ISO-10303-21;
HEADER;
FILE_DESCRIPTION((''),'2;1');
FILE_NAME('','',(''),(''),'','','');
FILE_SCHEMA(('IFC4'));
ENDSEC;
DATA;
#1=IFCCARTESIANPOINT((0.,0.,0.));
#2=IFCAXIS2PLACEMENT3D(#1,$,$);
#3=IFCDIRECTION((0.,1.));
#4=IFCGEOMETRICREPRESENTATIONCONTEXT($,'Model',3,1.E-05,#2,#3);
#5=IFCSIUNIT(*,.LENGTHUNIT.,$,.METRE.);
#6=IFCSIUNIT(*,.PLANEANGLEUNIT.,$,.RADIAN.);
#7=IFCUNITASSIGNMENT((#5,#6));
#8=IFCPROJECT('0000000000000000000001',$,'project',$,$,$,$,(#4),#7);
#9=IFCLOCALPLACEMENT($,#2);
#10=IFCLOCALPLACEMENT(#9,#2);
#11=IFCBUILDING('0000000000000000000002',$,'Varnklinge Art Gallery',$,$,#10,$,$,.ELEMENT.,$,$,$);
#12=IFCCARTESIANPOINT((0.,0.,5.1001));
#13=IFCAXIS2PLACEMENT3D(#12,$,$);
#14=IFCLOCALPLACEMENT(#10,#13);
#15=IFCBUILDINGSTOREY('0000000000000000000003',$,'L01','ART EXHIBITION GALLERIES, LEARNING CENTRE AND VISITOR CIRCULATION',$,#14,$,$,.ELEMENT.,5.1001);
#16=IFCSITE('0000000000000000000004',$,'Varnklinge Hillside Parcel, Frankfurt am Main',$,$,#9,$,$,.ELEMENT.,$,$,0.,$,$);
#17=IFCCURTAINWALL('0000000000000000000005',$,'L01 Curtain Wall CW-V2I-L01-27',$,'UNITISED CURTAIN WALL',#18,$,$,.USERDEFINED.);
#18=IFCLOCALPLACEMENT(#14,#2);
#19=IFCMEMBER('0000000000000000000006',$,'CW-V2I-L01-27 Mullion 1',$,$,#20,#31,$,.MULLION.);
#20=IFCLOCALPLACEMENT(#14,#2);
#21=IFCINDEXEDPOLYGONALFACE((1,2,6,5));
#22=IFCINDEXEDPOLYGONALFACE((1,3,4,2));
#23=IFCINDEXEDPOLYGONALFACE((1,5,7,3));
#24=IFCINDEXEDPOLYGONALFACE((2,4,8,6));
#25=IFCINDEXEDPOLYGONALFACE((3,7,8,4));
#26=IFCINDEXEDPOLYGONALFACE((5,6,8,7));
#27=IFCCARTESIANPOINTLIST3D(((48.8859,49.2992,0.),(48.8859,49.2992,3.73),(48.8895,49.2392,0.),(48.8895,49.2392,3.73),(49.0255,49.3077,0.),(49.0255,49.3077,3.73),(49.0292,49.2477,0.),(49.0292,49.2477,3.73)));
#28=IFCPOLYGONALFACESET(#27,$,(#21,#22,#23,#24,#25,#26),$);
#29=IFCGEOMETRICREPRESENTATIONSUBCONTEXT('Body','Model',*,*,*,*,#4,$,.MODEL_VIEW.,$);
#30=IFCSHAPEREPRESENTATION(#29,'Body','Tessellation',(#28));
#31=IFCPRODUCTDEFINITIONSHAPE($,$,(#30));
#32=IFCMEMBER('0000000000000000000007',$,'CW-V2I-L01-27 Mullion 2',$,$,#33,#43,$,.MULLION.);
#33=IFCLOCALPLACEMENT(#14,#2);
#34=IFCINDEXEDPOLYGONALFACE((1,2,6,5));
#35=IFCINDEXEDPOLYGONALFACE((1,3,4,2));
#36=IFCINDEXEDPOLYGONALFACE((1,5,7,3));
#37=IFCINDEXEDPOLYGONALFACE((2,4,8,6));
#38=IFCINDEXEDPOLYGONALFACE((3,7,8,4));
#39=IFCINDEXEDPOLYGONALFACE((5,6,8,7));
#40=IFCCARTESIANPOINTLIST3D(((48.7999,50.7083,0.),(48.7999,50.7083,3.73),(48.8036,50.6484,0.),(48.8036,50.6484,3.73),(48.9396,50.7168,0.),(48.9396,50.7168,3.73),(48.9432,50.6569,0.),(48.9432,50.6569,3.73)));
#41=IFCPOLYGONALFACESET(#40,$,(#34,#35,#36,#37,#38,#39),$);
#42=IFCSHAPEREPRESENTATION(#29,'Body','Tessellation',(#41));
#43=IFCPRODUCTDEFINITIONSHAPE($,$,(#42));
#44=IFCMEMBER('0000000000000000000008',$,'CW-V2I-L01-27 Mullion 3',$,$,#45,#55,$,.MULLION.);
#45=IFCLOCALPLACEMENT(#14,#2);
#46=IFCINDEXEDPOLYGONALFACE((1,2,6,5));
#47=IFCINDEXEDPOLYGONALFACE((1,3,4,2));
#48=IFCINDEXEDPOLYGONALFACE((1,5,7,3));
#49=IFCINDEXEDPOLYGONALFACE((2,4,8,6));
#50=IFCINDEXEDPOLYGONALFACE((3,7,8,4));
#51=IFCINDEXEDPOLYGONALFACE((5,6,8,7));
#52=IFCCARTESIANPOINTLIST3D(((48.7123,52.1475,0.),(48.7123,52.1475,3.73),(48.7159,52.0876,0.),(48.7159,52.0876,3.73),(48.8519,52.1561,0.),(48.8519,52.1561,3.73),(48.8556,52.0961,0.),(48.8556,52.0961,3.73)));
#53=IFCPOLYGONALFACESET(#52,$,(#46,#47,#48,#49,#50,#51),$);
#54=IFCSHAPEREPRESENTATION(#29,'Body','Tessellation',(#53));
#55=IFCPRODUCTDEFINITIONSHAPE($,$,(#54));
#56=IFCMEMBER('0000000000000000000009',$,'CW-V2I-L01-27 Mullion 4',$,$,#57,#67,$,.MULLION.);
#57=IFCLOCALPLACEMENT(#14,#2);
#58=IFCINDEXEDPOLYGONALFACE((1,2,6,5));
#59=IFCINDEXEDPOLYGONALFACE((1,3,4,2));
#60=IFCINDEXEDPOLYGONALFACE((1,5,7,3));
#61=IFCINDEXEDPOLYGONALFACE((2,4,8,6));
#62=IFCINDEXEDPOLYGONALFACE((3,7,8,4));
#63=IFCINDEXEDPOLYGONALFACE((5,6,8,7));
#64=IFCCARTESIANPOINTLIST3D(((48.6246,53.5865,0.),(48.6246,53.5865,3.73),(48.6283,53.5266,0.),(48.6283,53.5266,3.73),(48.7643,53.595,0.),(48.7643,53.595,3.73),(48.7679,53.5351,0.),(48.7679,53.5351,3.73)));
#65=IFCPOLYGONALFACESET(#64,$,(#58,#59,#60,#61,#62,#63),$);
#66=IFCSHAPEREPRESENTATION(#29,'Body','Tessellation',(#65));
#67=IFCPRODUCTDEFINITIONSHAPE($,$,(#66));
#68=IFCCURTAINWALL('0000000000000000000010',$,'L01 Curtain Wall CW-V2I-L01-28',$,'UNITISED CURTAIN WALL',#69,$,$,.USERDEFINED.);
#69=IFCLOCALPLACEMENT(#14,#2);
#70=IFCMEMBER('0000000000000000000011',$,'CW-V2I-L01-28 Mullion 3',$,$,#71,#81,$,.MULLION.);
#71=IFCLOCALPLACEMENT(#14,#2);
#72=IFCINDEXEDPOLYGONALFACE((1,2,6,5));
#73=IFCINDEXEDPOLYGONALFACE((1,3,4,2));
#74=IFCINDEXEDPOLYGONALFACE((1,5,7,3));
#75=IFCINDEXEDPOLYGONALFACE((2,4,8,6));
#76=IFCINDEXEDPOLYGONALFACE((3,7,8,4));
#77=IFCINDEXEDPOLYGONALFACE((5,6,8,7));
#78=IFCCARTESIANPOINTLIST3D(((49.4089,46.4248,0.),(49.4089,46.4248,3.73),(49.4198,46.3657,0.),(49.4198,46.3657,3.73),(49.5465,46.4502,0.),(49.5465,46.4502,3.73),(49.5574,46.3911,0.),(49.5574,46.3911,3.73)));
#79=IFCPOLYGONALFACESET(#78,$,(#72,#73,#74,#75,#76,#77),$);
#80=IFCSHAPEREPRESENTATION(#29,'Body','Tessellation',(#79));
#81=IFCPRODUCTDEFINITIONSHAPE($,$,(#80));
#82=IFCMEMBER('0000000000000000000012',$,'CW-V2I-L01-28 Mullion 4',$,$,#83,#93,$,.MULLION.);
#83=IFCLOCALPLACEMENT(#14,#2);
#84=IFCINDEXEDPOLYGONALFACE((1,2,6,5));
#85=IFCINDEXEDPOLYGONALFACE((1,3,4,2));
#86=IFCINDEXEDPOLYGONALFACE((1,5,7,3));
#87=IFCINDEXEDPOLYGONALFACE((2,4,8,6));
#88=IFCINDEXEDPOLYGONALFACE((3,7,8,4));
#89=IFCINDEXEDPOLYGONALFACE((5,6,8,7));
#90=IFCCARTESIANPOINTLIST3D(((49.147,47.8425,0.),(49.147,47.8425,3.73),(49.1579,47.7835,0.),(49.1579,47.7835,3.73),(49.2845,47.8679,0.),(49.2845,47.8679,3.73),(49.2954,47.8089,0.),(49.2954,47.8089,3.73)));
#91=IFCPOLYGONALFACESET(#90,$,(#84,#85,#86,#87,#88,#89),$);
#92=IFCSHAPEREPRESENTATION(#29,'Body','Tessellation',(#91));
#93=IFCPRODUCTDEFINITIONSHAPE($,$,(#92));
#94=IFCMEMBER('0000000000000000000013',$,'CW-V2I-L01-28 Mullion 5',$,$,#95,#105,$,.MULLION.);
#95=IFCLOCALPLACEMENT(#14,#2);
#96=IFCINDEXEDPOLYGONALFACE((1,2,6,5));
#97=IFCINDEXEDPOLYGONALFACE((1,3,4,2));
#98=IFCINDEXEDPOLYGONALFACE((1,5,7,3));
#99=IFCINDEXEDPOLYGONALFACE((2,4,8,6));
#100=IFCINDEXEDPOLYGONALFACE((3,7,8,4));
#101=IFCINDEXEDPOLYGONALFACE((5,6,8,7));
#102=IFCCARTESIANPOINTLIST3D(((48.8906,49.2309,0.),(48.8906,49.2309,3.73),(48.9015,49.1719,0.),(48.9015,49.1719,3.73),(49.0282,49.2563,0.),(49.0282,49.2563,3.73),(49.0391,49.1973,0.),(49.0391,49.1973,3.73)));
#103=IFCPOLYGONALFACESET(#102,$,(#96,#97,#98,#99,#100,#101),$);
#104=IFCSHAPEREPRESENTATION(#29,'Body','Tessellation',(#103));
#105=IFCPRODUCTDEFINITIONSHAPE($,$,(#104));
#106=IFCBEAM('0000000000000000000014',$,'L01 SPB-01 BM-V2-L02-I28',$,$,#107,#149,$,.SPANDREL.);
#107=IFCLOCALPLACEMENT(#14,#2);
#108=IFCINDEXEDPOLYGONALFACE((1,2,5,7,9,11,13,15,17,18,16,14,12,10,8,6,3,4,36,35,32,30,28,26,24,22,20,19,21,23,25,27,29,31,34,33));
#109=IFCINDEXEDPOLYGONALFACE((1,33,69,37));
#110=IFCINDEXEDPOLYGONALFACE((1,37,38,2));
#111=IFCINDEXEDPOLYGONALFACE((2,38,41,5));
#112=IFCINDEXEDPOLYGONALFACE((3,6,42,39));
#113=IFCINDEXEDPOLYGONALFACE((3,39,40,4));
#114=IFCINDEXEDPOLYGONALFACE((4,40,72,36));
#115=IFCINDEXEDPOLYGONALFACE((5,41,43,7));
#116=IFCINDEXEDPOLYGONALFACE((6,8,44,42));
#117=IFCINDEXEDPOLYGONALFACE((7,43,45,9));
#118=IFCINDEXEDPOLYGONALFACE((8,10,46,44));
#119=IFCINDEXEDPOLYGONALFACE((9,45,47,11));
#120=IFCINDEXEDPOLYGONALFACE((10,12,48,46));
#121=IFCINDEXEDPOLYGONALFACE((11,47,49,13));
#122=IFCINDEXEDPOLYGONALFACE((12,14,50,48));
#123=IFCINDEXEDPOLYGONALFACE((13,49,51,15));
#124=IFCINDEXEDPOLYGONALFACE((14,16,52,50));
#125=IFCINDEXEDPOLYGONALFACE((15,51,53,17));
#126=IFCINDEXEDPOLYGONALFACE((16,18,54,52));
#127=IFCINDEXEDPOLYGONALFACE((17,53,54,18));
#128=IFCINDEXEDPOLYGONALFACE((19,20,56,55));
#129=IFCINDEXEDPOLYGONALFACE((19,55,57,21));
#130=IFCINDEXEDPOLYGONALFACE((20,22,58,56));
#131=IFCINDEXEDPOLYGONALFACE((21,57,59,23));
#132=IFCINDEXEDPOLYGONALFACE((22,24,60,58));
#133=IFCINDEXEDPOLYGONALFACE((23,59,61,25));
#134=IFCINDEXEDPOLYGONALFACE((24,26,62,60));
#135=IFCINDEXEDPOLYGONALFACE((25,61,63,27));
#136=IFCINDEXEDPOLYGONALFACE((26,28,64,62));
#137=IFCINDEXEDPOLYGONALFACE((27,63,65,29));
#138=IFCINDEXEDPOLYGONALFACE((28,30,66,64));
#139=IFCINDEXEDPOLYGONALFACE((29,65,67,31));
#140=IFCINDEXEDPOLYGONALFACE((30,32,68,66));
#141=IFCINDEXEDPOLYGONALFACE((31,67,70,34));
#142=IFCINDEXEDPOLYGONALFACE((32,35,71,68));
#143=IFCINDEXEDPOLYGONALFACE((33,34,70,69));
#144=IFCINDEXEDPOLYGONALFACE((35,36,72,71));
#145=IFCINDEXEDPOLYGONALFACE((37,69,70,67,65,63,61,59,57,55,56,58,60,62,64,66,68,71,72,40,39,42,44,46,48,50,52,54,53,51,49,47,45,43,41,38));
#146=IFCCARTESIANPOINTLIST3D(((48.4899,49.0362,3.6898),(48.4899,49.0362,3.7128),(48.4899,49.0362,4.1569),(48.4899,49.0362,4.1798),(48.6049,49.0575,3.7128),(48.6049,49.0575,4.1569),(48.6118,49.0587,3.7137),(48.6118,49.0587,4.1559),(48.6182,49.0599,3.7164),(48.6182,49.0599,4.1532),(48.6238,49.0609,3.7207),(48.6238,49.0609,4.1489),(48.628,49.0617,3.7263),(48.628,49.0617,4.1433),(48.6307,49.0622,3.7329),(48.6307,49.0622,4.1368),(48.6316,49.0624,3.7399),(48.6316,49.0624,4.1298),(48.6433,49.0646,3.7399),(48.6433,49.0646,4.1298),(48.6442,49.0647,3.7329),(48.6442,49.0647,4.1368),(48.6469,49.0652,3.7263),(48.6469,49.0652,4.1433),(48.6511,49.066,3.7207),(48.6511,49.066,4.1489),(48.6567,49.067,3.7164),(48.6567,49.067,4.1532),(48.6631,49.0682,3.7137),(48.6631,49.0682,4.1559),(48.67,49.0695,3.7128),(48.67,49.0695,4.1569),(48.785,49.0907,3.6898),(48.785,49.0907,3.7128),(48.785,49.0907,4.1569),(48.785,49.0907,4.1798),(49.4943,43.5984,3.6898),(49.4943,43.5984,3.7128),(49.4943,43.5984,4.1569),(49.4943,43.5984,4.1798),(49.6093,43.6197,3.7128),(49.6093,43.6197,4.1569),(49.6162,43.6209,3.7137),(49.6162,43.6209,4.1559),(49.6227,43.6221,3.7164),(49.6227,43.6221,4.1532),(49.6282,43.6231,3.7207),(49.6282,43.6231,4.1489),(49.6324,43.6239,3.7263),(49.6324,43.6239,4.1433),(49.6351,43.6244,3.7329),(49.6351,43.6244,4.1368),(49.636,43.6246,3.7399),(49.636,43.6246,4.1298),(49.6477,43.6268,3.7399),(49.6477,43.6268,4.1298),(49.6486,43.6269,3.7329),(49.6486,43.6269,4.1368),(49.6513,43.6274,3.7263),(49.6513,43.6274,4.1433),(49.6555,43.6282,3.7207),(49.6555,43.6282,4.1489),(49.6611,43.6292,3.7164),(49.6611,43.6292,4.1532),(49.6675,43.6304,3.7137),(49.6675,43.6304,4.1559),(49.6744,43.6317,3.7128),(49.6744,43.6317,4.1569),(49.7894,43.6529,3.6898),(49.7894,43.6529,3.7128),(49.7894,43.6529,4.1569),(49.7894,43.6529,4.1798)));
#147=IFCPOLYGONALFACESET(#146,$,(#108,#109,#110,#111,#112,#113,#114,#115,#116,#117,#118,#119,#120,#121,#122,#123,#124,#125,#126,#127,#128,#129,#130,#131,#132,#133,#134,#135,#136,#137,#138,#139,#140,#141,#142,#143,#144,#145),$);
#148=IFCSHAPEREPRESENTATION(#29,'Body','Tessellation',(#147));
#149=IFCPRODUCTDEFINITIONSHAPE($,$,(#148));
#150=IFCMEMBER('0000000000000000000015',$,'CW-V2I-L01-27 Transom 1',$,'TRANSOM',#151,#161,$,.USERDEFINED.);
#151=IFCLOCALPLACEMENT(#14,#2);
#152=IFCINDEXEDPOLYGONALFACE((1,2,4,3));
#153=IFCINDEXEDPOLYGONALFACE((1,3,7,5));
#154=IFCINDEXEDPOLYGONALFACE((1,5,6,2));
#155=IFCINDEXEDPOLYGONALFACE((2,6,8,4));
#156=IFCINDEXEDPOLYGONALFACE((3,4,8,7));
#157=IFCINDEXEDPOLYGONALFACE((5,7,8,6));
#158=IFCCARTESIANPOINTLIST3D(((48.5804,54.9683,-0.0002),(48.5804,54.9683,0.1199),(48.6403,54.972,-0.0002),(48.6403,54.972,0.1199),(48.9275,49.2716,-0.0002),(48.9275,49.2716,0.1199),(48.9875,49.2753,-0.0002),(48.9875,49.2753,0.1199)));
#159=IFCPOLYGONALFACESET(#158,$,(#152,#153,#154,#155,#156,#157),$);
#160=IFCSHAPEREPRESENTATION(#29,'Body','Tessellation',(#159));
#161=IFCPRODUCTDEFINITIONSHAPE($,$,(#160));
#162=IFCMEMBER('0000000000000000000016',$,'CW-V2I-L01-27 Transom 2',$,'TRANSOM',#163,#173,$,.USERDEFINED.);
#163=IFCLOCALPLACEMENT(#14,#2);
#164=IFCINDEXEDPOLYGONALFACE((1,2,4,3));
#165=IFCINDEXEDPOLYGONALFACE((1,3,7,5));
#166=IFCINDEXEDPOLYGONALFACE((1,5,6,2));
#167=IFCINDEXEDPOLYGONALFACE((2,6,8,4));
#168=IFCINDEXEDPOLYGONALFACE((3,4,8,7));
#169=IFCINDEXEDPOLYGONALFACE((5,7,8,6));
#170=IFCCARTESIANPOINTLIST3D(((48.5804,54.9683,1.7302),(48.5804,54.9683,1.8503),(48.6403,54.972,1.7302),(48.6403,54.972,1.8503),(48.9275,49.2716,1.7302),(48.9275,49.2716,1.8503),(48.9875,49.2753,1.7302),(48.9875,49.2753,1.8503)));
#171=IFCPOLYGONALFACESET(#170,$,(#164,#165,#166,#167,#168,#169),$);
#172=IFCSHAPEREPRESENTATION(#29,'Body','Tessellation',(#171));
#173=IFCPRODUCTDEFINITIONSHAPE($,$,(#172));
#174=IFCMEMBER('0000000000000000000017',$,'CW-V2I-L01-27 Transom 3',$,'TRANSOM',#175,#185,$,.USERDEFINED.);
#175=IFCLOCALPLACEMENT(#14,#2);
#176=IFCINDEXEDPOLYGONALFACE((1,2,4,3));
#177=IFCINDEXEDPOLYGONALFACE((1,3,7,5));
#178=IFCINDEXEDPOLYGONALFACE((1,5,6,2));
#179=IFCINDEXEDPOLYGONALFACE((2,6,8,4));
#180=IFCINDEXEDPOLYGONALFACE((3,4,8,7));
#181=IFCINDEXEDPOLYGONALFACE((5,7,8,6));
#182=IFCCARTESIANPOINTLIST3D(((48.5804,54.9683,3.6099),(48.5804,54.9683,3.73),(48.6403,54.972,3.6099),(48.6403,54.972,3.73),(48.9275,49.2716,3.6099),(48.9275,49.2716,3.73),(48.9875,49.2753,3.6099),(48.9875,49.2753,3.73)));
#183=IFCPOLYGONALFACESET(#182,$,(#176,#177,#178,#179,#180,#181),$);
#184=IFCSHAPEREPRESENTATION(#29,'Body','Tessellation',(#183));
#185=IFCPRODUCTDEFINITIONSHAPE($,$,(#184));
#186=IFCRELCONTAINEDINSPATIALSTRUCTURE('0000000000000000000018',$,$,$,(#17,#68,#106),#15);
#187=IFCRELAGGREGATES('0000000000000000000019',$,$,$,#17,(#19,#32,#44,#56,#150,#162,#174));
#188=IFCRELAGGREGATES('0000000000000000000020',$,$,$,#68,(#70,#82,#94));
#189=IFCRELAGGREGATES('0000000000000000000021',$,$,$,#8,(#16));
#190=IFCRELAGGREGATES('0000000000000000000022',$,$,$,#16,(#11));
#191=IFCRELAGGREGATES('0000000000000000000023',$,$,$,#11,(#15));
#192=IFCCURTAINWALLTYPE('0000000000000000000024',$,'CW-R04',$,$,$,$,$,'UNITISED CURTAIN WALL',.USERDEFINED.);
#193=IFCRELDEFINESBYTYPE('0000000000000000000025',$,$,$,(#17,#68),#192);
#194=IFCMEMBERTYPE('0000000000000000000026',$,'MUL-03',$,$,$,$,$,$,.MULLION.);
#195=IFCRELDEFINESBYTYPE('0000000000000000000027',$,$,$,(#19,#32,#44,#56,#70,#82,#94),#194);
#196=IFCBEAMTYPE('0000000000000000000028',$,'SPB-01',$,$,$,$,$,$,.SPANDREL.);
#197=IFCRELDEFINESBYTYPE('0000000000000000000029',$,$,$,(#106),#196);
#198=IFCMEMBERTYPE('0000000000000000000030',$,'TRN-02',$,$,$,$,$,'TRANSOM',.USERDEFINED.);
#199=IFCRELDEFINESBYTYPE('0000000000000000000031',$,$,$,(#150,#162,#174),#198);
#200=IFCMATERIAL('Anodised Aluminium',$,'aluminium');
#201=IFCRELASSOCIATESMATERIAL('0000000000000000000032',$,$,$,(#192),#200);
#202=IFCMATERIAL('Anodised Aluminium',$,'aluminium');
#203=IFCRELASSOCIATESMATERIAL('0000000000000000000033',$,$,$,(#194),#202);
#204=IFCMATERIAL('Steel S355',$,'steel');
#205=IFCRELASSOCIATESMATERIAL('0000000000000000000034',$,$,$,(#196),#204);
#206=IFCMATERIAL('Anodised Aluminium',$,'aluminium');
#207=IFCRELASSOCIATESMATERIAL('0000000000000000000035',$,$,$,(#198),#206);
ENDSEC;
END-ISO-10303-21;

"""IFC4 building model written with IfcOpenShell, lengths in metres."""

from ifc_helpers import new_model, si_unit, direction, frame, origin, origin_2d, place, context, subcontext, project, spatial, rectangle, i_section, extrude, material, material_profile, profile_set, type_object, element, aggregate, save


model = new_model("IFC4")

# Units and contexts
model_context = context("Model", 3, precision=1e-05, world=origin(), true_north=direction((0.0, 1.0)))
body_context = subcontext(model_context, "Body", "Model", "MODEL_VIEW")
ifc_project = project(units=[si_unit("LENGTHUNIT", "METRE"), si_unit("PLANEANGLEUNIT", "RADIAN")], contexts=[model_context])

# Site, building, storey
site_placement = place(None, origin())
site = spatial("IfcSite", under=ifc_project, at=site_placement, Name="Varnklinge Hillside Parcel, Frankfurt am Main", CompositionType="ELEMENT", RefElevation=0.0)
building_placement = place(site_placement, origin())
building = spatial("IfcBuilding", under=site, at=building_placement, Name="Varnklinge Art Gallery", CompositionType="ELEMENT")
storey_placement = place(building_placement, frame((0.0, 0.0, 5.1001)))
storey = spatial("IfcBuildingStorey", under=building, at=storey_placement, Name="L01", Description="ART EXHIBITION GALLERIES, LEARNING CENTRE AND VISITOR CIRCULATION", CompositionType="ELEMENT", Elevation=5.1001)

# Curtain walls, members
ifc_material_1 = material(Name="Anodised Aluminium", Category="aluminium")
curtain_wall_type = type_object("IfcCurtainWallType", Name="CW-R04", ElementType="UNITISED CURTAIN WALL", PredefinedType="USERDEFINED", material=ifc_material_1)
curtain_wall_1_placement = place(storey_placement, origin())
curtain_wall_1 = element("IfcCurtainWall", 1, at=curtain_wall_1_placement, inside=storey, type_object=curtain_wall_type, Name="L01 Curtain Wall CW-V2I-L01-27", ObjectType="UNITISED CURTAIN WALL", PredefinedType="USERDEFINED")
ifc_material_2 = material(Name="Anodised Aluminium", Category="aluminium")
ifc_material_profile_1 = material_profile(ifc_material_2, rectangle(XDim=0.0601, YDim=0.1399, at=origin_2d()), Name="ALU 60x140")
ifc_profile_set_1 = profile_set([ifc_material_profile_1], Name="Anodised Aluminium")
member_type_1 = type_object("IfcMemberType", Name="MUL-03", PredefinedType="MULLION", material=ifc_profile_set_1)
member_1_placement = place(storey_placement, frame((48.9575, 49.2734, 0.0), z_axis=(0.0, 0.0, 1.0), x_axis=(-0.060874, 0.998145, 0.0)))
member_1 = element("IfcMember", 2, at=member_1_placement, type_object=member_type_1, Name="CW-V2I-L01-27 Mullion 1", PredefinedType="MULLION", context=body_context, shape_type="SweptSolid", body=[
    extrude(rectangle(XDim=0.0601, YDim=0.1399, at=origin_2d()), origin(), (0.0, 0.0, 1.0), 3.73),
])
member_2_placement = place(storey_placement, frame((48.8716, 50.6826, 0.0), z_axis=(0.0, 0.0, 1.0), x_axis=(-0.060874, 0.998145, 0.0)))
member_2 = element("IfcMember", 3, at=member_2_placement, type_object=member_type_1, Name="CW-V2I-L01-27 Mullion 2", PredefinedType="MULLION", context=body_context, shape_type="SweptSolid", body=[
    extrude(rectangle(XDim=0.0601, YDim=0.1399, at=origin_2d()), origin(), (0.0, 0.0, 1.0), 3.73),
])
member_3_placement = place(storey_placement, frame((48.7839, 52.1218, 0.0), z_axis=(0.0, 0.0, 1.0), x_axis=(-0.060874, 0.998145, 0.0)))
member_3 = element("IfcMember", 4, at=member_3_placement, type_object=member_type_1, Name="CW-V2I-L01-27 Mullion 3", PredefinedType="MULLION", context=body_context, shape_type="SweptSolid", body=[
    extrude(rectangle(XDim=0.0601, YDim=0.1399, at=origin_2d()), origin(), (0.0, 0.0, 1.0), 3.73),
])
member_4_placement = place(storey_placement, frame((48.6963, 53.5608, 0.0), z_axis=(0.0, 0.0, 1.0), x_axis=(-0.060874, 0.998145, 0.0)))
member_4 = element("IfcMember", 5, at=member_4_placement, type_object=member_type_1, Name="CW-V2I-L01-27 Mullion 4", PredefinedType="MULLION", context=body_context, shape_type="SweptSolid", body=[
    extrude(rectangle(XDim=0.0601, YDim=0.1399, at=origin_2d()), origin(), (0.0, 0.0, 1.0), 3.73),
])
curtain_wall_2_placement = place(storey_placement, origin())
curtain_wall_2 = element("IfcCurtainWall", 6, at=curtain_wall_2_placement, inside=storey, type_object=curtain_wall_type, Name="L01 Curtain Wall CW-V2I-L01-28", ObjectType="UNITISED CURTAIN WALL", PredefinedType="USERDEFINED")
member_5_placement = place(storey_placement, frame((49.4832, 46.408, 0.0), z_axis=(0.0, 0.0, 1.0), x_axis=(-0.181549, 0.983382, 0.0)))
member_5 = element("IfcMember", 7, at=member_5_placement, type_object=member_type_1, Name="CW-V2I-L01-28 Mullion 3", PredefinedType="MULLION", context=body_context, shape_type="SweptSolid", body=[
    extrude(rectangle(XDim=0.0601, YDim=0.1399, at=origin_2d()), origin(), (0.0, 0.0, 1.0), 3.73),
])
member_6_placement = place(storey_placement, frame((49.2212, 47.8257, 0.0), z_axis=(0.0, 0.0, 1.0), x_axis=(-0.181549, 0.983382, 0.0)))
member_6 = element("IfcMember", 8, at=member_6_placement, type_object=member_type_1, Name="CW-V2I-L01-28 Mullion 4", PredefinedType="MULLION", context=body_context, shape_type="SweptSolid", body=[
    extrude(rectangle(XDim=0.0601, YDim=0.1399, at=origin_2d()), origin(), (0.0, 0.0, 1.0), 3.73),
])
member_7_placement = place(storey_placement, frame((48.9648, 49.2141, 0.0), z_axis=(0.0, 0.0, 1.0), x_axis=(-0.181549, 0.983382, 0.0)))
member_7 = element("IfcMember", 9, at=member_7_placement, type_object=member_type_1, Name="CW-V2I-L01-28 Mullion 5", PredefinedType="MULLION", context=body_context, shape_type="SweptSolid", body=[
    extrude(rectangle(XDim=0.0601, YDim=0.1399, at=origin_2d()), origin(), (0.0, 0.0, 1.0), 3.73),
])

# Beam
ifc_material_3 = material(Name="Steel S355", Category="steel")
ifc_material_profile_2 = material_profile(ifc_material_3, i_section(OverallWidth=0.3, OverallDepth=0.49, WebThickness=0.012, FlangeThickness=0.0229, FilletRadius=0.0271, at=origin_2d()), Name="HEA 500")
ifc_profile_set_2 = profile_set([ifc_material_profile_2], Name="Steel S355")
beam_type = type_object("IfcBeamType", Name="SPB-01", PredefinedType="SPANDREL", material=ifc_profile_set_2)
beam_placement = place(storey_placement, frame((48.6375, 49.0635, 3.9348), z_axis=(0.181635, -0.983366, 0.0), x_axis=(0.983366, 0.181635, 0.0)))
element("IfcBeam", 10, at=beam_placement, inside=storey, type_object=beam_type, Name="L01 SPB-01 BM-V2-L02-I28", PredefinedType="SPANDREL", context=body_context, shape_type="SweptSolid", body=[
    extrude(i_section(OverallWidth=0.3, OverallDepth=0.49, WebThickness=0.012, FlangeThickness=0.0229, FilletRadius=0.0271, at=origin_2d()), origin(), (0.0, 0.0, 1.0), 5.5298),
])

# Members
ifc_material_4 = material(Name="Anodised Aluminium", Category="aluminium")
ifc_material_profile_3 = material_profile(ifc_material_4, rectangle(XDim=0.0601, YDim=0.1201, at=origin_2d()), Name="ALU 60x120")
ifc_profile_set_3 = profile_set([ifc_material_profile_3], Name="Anodised Aluminium")
member_type_2 = type_object("IfcMemberType", Name="TRN-02", ElementType="TRANSOM", PredefinedType="USERDEFINED", material=ifc_profile_set_3)
member_8_placement = place(storey_placement, frame((48.9575, 49.2734, 0.0598), z_axis=(-0.060828, 0.998148, 0.0), x_axis=(-0.998148, -0.060828, 0.0)))
member_8 = element("IfcMember", 11, at=member_8_placement, type_object=member_type_2, Name="CW-V2I-L01-27 Transom 1", ObjectType="TRANSOM", PredefinedType="USERDEFINED", context=body_context, shape_type="SweptSolid", body=[
    extrude(rectangle(XDim=0.0601, YDim=0.1201, at=origin_2d()), origin(), (0.0, 0.0, 1.0), 5.7073),
])
member_9_placement = place(storey_placement, frame((48.9575, 49.2734, 1.7903), z_axis=(-0.060828, 0.998148, 0.0), x_axis=(-0.998148, -0.060828, 0.0)))
member_9 = element("IfcMember", 12, at=member_9_placement, type_object=member_type_2, Name="CW-V2I-L01-27 Transom 2", ObjectType="TRANSOM", PredefinedType="USERDEFINED", context=body_context, shape_type="SweptSolid", body=[
    extrude(rectangle(XDim=0.0601, YDim=0.1201, at=origin_2d()), origin(), (0.0, 0.0, 1.0), 5.7073),
])
member_10_placement = place(storey_placement, frame((48.9575, 49.2734, 3.6699), z_axis=(-0.060828, 0.998148, 0.0), x_axis=(-0.998148, -0.060828, 0.0)))
member_10 = element("IfcMember", 13, at=member_10_placement, type_object=member_type_2, Name="CW-V2I-L01-27 Transom 3", ObjectType="TRANSOM", PredefinedType="USERDEFINED", context=body_context, shape_type="SweptSolid", body=[
    extrude(rectangle(XDim=0.0601, YDim=0.1201, at=origin_2d()), origin(), (0.0, 0.0, 1.0), 5.7073),
])

aggregate(curtain_wall_1, [member_1, member_2, member_3, member_4, member_8, member_9, member_10])
aggregate(curtain_wall_2, [member_5, member_6, member_7])

save(model, "model.ifc")
